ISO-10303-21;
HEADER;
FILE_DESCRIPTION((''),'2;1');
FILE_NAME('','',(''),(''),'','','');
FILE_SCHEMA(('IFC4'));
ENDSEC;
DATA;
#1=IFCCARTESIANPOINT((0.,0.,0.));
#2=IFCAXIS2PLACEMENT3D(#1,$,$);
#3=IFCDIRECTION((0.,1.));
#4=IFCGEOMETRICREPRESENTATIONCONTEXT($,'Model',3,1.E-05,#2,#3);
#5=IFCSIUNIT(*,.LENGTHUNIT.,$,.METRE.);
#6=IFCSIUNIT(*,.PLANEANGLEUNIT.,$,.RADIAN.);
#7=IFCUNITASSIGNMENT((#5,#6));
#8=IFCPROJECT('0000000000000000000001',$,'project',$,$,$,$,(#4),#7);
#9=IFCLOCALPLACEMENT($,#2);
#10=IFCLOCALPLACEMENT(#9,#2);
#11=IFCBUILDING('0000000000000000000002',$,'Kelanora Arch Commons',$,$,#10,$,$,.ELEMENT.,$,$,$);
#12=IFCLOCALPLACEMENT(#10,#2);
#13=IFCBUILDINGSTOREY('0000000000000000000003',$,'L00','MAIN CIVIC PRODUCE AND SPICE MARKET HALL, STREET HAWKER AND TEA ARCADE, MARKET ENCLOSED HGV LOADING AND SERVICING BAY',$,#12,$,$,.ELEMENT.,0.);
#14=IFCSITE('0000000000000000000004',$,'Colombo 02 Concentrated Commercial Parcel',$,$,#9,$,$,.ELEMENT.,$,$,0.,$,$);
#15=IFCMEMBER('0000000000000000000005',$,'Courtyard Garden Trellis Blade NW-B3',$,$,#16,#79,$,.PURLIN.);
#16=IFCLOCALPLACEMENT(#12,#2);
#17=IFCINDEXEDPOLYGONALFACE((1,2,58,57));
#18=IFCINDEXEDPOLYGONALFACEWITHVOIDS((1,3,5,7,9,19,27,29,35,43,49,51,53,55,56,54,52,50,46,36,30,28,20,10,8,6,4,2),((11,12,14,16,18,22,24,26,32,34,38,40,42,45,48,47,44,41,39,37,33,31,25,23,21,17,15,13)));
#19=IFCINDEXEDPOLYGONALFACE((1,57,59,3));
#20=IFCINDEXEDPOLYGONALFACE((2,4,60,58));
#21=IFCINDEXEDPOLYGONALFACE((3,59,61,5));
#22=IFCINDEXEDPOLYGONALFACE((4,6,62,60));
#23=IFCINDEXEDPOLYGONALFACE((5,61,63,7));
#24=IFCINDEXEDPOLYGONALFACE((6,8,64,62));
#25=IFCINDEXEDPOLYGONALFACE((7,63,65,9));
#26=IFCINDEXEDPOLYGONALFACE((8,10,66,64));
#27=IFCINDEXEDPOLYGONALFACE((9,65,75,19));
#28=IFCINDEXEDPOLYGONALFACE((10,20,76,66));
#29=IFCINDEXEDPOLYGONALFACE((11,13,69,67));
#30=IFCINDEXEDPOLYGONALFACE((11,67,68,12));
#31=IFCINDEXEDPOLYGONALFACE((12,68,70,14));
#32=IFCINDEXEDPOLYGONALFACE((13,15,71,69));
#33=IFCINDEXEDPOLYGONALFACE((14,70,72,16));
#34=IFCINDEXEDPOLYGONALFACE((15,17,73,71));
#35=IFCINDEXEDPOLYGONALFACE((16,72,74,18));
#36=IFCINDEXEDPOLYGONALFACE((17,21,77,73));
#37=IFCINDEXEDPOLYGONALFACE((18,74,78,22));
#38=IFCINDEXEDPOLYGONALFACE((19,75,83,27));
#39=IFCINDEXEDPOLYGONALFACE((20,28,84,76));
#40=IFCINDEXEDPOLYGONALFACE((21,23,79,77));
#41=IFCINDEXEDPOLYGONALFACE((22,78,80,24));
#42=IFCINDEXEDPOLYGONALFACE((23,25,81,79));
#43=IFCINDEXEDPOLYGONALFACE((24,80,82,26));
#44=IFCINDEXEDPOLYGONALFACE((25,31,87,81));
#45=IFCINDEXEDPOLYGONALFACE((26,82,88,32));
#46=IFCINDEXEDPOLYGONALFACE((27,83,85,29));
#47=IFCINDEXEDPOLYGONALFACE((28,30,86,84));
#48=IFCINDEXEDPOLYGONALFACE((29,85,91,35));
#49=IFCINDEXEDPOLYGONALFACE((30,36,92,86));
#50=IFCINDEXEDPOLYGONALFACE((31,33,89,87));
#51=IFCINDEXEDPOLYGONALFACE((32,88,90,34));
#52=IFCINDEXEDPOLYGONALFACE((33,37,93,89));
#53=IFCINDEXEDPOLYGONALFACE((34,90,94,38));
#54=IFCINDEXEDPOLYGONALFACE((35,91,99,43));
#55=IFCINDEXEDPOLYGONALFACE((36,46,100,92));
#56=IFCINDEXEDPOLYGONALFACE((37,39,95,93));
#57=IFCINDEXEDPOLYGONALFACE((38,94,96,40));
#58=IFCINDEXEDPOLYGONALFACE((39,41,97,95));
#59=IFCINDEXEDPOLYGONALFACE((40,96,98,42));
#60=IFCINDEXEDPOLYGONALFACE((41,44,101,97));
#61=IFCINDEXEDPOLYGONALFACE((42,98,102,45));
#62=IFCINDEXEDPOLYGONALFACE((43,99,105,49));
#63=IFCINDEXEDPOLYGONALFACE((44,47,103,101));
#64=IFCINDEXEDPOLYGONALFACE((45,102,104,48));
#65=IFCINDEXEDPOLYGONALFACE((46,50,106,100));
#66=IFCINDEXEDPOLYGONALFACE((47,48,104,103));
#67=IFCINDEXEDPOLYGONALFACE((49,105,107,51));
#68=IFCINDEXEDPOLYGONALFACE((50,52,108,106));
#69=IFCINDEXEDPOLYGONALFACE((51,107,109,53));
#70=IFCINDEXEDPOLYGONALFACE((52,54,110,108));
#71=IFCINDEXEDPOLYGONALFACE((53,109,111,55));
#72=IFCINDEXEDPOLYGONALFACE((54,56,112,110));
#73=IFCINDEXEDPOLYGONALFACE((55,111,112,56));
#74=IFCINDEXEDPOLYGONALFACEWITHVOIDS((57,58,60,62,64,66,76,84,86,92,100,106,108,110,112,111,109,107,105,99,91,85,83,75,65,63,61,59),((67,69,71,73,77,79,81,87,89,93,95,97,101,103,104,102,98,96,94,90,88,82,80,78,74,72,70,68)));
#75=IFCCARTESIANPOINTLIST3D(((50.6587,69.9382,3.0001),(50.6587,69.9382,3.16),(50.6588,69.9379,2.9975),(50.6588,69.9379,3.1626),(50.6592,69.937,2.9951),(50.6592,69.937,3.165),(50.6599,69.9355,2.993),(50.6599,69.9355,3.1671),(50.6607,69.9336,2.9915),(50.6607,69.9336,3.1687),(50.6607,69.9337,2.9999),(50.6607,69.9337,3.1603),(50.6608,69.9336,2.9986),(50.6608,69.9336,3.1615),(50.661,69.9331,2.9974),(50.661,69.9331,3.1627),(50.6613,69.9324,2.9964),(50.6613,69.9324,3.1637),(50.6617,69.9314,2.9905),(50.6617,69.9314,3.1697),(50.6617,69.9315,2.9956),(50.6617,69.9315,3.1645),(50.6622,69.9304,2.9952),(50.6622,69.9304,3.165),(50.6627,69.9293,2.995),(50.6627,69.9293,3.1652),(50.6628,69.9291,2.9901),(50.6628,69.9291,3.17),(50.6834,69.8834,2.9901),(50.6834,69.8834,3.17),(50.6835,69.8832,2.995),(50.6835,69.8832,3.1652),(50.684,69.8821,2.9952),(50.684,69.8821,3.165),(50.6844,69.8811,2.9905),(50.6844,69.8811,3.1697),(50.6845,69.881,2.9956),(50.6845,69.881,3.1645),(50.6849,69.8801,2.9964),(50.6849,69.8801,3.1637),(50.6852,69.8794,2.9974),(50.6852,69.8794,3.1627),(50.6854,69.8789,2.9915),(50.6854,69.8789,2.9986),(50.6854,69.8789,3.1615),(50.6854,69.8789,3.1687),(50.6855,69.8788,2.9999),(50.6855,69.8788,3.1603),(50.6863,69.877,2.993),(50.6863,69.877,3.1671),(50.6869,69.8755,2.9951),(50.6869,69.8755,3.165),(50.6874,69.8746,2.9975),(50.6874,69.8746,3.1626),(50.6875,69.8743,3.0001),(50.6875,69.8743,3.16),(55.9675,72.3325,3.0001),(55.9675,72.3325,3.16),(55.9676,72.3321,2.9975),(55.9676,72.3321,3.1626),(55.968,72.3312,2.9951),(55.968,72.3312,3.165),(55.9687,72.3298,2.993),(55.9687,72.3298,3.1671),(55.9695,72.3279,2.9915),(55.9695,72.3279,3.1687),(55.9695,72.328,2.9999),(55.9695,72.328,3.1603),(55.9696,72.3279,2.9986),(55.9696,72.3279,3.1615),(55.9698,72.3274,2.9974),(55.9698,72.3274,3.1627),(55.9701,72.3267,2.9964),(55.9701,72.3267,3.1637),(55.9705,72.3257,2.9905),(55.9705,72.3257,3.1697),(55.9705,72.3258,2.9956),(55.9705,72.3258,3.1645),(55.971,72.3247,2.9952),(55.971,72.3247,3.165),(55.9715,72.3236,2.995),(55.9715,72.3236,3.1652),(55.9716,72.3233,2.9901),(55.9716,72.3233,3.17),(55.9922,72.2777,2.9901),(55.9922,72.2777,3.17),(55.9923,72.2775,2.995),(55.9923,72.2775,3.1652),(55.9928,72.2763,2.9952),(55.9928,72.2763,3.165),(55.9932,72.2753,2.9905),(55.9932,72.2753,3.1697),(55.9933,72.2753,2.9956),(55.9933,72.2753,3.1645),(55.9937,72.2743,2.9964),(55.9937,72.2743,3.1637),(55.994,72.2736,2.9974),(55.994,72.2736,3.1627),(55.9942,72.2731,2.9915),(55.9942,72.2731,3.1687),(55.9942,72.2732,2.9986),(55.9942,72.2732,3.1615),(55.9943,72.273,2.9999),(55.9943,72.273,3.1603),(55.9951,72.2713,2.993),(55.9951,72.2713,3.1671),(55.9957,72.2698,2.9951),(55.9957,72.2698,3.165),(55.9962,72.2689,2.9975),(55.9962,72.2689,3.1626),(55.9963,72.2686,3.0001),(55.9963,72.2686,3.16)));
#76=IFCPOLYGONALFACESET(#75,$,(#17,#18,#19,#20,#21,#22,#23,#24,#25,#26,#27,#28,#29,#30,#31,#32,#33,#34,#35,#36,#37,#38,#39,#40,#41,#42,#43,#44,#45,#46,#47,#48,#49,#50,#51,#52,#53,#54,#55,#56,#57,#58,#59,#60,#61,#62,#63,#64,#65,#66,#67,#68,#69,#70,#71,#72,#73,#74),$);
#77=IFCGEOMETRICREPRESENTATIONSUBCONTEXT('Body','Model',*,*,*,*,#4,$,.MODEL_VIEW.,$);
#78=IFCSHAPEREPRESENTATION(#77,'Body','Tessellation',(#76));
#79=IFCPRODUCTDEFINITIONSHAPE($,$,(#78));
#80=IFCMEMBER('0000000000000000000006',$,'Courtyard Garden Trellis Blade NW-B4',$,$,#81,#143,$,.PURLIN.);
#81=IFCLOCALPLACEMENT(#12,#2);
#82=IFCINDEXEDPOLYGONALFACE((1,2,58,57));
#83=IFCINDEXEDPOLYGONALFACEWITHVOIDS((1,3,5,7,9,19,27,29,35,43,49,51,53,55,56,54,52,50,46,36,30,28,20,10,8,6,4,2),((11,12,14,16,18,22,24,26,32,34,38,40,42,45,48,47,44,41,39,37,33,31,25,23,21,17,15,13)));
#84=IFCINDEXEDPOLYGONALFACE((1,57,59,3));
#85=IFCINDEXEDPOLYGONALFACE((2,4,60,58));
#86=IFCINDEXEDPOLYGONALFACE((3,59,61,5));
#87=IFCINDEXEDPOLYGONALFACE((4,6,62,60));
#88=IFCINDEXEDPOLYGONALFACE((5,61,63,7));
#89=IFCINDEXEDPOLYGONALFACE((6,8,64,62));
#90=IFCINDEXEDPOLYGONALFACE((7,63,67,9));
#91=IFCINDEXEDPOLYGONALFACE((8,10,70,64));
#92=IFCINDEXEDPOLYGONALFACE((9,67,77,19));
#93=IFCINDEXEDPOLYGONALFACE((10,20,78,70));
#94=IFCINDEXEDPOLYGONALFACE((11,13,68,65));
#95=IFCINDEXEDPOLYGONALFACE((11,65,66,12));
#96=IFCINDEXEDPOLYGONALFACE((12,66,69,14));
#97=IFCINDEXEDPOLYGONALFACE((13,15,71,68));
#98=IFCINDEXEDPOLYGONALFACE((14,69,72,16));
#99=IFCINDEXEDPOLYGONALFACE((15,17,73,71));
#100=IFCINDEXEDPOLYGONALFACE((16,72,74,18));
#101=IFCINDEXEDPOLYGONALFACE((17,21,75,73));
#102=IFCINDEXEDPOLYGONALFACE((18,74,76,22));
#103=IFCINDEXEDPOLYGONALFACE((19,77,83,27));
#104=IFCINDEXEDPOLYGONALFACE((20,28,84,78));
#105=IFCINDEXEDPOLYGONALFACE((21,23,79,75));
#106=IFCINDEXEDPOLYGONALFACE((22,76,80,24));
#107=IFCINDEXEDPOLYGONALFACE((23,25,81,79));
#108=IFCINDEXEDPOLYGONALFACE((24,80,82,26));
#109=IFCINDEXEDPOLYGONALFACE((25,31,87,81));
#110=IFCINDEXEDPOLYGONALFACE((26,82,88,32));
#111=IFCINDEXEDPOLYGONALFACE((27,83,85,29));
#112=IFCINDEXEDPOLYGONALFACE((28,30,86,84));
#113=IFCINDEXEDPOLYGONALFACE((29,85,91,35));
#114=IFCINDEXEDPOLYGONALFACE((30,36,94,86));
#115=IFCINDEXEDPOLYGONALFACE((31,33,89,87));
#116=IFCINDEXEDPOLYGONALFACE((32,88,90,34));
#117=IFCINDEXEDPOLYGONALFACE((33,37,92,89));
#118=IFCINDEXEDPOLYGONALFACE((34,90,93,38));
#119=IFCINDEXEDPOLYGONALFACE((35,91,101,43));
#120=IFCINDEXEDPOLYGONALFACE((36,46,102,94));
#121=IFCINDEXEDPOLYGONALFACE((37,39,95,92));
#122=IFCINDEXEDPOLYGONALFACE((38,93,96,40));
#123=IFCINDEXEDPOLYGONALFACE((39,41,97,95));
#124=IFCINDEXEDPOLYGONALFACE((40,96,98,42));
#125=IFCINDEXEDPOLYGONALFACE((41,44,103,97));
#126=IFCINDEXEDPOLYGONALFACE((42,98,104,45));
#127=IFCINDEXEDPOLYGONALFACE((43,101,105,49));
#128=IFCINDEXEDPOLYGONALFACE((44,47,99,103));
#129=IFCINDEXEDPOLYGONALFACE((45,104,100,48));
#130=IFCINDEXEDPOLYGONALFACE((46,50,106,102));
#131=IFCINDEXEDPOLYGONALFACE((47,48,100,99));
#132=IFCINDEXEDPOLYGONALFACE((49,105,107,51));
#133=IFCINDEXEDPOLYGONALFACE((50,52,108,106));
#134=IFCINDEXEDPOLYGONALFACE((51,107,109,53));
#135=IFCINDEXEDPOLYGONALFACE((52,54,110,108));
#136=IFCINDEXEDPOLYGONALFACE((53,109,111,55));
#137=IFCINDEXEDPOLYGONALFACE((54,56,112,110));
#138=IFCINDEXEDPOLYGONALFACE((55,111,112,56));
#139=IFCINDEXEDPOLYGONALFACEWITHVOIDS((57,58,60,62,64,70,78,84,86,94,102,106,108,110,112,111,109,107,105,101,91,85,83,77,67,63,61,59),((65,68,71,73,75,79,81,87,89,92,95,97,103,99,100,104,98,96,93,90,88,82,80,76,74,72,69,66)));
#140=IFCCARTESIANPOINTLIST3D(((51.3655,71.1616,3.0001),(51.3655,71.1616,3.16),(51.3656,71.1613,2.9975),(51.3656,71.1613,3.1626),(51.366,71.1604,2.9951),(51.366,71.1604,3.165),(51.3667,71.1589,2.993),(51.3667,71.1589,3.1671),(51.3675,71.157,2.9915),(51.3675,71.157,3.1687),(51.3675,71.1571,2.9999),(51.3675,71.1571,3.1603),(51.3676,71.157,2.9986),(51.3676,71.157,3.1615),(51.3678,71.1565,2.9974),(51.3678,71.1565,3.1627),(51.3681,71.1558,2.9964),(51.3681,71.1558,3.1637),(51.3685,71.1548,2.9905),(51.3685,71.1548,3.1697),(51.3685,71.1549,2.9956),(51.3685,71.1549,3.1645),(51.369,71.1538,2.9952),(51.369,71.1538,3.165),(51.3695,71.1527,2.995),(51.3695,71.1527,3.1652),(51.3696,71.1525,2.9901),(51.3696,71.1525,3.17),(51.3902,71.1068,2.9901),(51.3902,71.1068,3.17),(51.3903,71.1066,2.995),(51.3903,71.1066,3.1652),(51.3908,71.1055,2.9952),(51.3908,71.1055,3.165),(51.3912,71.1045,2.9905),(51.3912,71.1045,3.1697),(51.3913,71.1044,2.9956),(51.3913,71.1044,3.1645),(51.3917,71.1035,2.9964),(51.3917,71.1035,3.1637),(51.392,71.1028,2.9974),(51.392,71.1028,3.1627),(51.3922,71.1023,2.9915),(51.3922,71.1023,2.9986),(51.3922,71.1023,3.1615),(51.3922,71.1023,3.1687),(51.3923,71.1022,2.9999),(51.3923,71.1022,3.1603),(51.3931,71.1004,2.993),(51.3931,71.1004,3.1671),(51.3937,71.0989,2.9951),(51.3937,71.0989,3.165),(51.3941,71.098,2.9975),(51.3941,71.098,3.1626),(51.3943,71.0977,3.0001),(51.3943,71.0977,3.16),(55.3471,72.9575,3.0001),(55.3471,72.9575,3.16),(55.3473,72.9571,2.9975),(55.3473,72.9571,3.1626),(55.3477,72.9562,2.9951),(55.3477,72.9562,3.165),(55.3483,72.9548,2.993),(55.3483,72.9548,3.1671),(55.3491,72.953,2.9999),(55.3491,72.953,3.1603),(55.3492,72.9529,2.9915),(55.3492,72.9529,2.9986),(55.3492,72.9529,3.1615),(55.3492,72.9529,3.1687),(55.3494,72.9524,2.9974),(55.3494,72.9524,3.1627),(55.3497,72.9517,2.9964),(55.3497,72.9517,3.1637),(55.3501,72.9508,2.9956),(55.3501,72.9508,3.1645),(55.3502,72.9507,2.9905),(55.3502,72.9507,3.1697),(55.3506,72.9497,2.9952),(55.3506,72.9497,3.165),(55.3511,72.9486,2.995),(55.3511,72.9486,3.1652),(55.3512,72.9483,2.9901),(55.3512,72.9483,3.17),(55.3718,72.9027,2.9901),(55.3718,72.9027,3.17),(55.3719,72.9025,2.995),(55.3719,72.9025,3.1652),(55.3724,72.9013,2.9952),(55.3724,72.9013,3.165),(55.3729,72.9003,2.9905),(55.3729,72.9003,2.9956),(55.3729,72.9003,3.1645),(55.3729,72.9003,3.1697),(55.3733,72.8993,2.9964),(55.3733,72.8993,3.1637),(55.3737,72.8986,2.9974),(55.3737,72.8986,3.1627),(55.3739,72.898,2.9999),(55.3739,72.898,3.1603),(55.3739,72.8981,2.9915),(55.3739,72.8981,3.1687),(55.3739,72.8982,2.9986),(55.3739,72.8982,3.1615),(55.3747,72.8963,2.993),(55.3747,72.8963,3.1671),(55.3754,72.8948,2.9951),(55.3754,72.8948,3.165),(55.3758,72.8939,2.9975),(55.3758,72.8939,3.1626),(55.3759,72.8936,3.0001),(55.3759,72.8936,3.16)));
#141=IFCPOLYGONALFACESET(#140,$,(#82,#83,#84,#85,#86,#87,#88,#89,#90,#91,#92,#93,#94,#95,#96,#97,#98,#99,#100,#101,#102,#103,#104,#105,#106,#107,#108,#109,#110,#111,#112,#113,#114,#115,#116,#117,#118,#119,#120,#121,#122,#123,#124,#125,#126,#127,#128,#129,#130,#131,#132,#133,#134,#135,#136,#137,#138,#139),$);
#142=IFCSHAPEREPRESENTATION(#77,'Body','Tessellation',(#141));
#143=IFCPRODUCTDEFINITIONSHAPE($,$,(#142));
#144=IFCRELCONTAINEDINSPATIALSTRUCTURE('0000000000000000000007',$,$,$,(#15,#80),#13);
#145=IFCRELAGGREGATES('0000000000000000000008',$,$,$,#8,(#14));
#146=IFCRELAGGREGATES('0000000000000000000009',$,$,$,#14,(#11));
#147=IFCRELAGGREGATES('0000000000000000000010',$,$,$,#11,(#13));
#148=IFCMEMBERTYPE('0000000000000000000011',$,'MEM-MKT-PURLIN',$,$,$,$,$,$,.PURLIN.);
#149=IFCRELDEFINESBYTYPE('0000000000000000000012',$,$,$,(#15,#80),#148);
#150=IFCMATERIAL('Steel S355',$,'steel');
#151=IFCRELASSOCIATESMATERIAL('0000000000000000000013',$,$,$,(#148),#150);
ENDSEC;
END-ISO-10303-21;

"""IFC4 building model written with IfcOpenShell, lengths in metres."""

from ifc_helpers import new_model, si_unit, direction, frame, origin, origin_2d, place, context, subcontext, project, spatial, hollow_rectangle, extrude, material, material_profile, profile_set, type_object, element, save


model = new_model("IFC4")

# Units and contexts
model_context = context("Model", 3, precision=1e-05, world=origin(), true_north=direction((0.0, 1.0)))
body_context = subcontext(model_context, "Body", "Model", "MODEL_VIEW")
ifc_project = project(units=[si_unit("LENGTHUNIT", "METRE"), si_unit("PLANEANGLEUNIT", "RADIAN")], contexts=[model_context])

# Site, building, storey
site_placement = place(None, origin())
site = spatial("IfcSite", under=ifc_project, at=site_placement, Name="Colombo 02 Concentrated Commercial Parcel", CompositionType="ELEMENT", RefElevation=0.0)
building_placement = place(site_placement, origin())
building = spatial("IfcBuilding", under=site, at=building_placement, Name="Kelanora Arch Commons", CompositionType="ELEMENT")
storey_placement = place(building_placement, origin())
storey = spatial("IfcBuildingStorey", under=building, at=storey_placement, Name="L00", Description="MAIN CIVIC PRODUCE AND SPICE MARKET HALL, STREET HAWKER AND TEA ARCADE, MARKET ENCLOSED HGV LOADING AND SERVICING BAY", CompositionType="ELEMENT", Elevation=0.0)

# Shared definitions
ifc_material_1 = material(Name="Steel S355", Category="steel")

# Members
ifc_material_profile_1 = material_profile(ifc_material_1, hollow_rectangle(XDim=0.0701, YDim=0.1799, WallThickness=0.0049, InnerFilletRadius=0.0049, OuterFilletRadius=0.01, at=origin_2d()), Name="RHS180x70x5")
ifc_profile_set_1 = profile_set([ifc_material_profile_1], Name="Steel S355")
member_type_1 = type_object("IfcMemberType", Name="MEM-MKT-PURLIN", PredefinedType="PURLIN", material=ifc_profile_set_1)
member_1_placement = place(storey_placement, frame((50.6731, 69.9062, 3.0801), z_axis=(0.91158, 0.411123, 0.0), x_axis=(-0.411123, 0.91158, 0.0)))
element("IfcMember", 1, at=member_1_placement, inside=storey, type_object=member_type_1, Name="Courtyard Garden Trellis Blade NW-B3", PredefinedType="PURLIN", context=body_context, shape_type="SweptSolid", body=[
    extrude(hollow_rectangle(XDim=0.0701, YDim=0.1799, WallThickness=0.0049, InnerFilletRadius=0.0049, OuterFilletRadius=0.01, at=origin_2d()), origin(), (0.0, 0.0, 1.0), 5.8237),
])
member_2_placement = place(storey_placement, frame((51.3799, 71.1296, 3.0801), z_axis=(0.911567, 0.411152, 0.0), x_axis=(-0.411152, 0.911567, 0.0)))
element("IfcMember", 2, at=member_2_placement, inside=storey, type_object=member_type_1, Name="Courtyard Garden Trellis Blade NW-B4", PredefinedType="PURLIN", context=body_context, shape_type="SweptSolid", body=[
    extrude(hollow_rectangle(XDim=0.0701, YDim=0.1799, WallThickness=0.0049, InnerFilletRadius=0.0049, OuterFilletRadius=0.01, at=origin_2d()), origin(), (0.0, 0.0, 1.0), 4.3679),
])

save(model, "model.ifc")
